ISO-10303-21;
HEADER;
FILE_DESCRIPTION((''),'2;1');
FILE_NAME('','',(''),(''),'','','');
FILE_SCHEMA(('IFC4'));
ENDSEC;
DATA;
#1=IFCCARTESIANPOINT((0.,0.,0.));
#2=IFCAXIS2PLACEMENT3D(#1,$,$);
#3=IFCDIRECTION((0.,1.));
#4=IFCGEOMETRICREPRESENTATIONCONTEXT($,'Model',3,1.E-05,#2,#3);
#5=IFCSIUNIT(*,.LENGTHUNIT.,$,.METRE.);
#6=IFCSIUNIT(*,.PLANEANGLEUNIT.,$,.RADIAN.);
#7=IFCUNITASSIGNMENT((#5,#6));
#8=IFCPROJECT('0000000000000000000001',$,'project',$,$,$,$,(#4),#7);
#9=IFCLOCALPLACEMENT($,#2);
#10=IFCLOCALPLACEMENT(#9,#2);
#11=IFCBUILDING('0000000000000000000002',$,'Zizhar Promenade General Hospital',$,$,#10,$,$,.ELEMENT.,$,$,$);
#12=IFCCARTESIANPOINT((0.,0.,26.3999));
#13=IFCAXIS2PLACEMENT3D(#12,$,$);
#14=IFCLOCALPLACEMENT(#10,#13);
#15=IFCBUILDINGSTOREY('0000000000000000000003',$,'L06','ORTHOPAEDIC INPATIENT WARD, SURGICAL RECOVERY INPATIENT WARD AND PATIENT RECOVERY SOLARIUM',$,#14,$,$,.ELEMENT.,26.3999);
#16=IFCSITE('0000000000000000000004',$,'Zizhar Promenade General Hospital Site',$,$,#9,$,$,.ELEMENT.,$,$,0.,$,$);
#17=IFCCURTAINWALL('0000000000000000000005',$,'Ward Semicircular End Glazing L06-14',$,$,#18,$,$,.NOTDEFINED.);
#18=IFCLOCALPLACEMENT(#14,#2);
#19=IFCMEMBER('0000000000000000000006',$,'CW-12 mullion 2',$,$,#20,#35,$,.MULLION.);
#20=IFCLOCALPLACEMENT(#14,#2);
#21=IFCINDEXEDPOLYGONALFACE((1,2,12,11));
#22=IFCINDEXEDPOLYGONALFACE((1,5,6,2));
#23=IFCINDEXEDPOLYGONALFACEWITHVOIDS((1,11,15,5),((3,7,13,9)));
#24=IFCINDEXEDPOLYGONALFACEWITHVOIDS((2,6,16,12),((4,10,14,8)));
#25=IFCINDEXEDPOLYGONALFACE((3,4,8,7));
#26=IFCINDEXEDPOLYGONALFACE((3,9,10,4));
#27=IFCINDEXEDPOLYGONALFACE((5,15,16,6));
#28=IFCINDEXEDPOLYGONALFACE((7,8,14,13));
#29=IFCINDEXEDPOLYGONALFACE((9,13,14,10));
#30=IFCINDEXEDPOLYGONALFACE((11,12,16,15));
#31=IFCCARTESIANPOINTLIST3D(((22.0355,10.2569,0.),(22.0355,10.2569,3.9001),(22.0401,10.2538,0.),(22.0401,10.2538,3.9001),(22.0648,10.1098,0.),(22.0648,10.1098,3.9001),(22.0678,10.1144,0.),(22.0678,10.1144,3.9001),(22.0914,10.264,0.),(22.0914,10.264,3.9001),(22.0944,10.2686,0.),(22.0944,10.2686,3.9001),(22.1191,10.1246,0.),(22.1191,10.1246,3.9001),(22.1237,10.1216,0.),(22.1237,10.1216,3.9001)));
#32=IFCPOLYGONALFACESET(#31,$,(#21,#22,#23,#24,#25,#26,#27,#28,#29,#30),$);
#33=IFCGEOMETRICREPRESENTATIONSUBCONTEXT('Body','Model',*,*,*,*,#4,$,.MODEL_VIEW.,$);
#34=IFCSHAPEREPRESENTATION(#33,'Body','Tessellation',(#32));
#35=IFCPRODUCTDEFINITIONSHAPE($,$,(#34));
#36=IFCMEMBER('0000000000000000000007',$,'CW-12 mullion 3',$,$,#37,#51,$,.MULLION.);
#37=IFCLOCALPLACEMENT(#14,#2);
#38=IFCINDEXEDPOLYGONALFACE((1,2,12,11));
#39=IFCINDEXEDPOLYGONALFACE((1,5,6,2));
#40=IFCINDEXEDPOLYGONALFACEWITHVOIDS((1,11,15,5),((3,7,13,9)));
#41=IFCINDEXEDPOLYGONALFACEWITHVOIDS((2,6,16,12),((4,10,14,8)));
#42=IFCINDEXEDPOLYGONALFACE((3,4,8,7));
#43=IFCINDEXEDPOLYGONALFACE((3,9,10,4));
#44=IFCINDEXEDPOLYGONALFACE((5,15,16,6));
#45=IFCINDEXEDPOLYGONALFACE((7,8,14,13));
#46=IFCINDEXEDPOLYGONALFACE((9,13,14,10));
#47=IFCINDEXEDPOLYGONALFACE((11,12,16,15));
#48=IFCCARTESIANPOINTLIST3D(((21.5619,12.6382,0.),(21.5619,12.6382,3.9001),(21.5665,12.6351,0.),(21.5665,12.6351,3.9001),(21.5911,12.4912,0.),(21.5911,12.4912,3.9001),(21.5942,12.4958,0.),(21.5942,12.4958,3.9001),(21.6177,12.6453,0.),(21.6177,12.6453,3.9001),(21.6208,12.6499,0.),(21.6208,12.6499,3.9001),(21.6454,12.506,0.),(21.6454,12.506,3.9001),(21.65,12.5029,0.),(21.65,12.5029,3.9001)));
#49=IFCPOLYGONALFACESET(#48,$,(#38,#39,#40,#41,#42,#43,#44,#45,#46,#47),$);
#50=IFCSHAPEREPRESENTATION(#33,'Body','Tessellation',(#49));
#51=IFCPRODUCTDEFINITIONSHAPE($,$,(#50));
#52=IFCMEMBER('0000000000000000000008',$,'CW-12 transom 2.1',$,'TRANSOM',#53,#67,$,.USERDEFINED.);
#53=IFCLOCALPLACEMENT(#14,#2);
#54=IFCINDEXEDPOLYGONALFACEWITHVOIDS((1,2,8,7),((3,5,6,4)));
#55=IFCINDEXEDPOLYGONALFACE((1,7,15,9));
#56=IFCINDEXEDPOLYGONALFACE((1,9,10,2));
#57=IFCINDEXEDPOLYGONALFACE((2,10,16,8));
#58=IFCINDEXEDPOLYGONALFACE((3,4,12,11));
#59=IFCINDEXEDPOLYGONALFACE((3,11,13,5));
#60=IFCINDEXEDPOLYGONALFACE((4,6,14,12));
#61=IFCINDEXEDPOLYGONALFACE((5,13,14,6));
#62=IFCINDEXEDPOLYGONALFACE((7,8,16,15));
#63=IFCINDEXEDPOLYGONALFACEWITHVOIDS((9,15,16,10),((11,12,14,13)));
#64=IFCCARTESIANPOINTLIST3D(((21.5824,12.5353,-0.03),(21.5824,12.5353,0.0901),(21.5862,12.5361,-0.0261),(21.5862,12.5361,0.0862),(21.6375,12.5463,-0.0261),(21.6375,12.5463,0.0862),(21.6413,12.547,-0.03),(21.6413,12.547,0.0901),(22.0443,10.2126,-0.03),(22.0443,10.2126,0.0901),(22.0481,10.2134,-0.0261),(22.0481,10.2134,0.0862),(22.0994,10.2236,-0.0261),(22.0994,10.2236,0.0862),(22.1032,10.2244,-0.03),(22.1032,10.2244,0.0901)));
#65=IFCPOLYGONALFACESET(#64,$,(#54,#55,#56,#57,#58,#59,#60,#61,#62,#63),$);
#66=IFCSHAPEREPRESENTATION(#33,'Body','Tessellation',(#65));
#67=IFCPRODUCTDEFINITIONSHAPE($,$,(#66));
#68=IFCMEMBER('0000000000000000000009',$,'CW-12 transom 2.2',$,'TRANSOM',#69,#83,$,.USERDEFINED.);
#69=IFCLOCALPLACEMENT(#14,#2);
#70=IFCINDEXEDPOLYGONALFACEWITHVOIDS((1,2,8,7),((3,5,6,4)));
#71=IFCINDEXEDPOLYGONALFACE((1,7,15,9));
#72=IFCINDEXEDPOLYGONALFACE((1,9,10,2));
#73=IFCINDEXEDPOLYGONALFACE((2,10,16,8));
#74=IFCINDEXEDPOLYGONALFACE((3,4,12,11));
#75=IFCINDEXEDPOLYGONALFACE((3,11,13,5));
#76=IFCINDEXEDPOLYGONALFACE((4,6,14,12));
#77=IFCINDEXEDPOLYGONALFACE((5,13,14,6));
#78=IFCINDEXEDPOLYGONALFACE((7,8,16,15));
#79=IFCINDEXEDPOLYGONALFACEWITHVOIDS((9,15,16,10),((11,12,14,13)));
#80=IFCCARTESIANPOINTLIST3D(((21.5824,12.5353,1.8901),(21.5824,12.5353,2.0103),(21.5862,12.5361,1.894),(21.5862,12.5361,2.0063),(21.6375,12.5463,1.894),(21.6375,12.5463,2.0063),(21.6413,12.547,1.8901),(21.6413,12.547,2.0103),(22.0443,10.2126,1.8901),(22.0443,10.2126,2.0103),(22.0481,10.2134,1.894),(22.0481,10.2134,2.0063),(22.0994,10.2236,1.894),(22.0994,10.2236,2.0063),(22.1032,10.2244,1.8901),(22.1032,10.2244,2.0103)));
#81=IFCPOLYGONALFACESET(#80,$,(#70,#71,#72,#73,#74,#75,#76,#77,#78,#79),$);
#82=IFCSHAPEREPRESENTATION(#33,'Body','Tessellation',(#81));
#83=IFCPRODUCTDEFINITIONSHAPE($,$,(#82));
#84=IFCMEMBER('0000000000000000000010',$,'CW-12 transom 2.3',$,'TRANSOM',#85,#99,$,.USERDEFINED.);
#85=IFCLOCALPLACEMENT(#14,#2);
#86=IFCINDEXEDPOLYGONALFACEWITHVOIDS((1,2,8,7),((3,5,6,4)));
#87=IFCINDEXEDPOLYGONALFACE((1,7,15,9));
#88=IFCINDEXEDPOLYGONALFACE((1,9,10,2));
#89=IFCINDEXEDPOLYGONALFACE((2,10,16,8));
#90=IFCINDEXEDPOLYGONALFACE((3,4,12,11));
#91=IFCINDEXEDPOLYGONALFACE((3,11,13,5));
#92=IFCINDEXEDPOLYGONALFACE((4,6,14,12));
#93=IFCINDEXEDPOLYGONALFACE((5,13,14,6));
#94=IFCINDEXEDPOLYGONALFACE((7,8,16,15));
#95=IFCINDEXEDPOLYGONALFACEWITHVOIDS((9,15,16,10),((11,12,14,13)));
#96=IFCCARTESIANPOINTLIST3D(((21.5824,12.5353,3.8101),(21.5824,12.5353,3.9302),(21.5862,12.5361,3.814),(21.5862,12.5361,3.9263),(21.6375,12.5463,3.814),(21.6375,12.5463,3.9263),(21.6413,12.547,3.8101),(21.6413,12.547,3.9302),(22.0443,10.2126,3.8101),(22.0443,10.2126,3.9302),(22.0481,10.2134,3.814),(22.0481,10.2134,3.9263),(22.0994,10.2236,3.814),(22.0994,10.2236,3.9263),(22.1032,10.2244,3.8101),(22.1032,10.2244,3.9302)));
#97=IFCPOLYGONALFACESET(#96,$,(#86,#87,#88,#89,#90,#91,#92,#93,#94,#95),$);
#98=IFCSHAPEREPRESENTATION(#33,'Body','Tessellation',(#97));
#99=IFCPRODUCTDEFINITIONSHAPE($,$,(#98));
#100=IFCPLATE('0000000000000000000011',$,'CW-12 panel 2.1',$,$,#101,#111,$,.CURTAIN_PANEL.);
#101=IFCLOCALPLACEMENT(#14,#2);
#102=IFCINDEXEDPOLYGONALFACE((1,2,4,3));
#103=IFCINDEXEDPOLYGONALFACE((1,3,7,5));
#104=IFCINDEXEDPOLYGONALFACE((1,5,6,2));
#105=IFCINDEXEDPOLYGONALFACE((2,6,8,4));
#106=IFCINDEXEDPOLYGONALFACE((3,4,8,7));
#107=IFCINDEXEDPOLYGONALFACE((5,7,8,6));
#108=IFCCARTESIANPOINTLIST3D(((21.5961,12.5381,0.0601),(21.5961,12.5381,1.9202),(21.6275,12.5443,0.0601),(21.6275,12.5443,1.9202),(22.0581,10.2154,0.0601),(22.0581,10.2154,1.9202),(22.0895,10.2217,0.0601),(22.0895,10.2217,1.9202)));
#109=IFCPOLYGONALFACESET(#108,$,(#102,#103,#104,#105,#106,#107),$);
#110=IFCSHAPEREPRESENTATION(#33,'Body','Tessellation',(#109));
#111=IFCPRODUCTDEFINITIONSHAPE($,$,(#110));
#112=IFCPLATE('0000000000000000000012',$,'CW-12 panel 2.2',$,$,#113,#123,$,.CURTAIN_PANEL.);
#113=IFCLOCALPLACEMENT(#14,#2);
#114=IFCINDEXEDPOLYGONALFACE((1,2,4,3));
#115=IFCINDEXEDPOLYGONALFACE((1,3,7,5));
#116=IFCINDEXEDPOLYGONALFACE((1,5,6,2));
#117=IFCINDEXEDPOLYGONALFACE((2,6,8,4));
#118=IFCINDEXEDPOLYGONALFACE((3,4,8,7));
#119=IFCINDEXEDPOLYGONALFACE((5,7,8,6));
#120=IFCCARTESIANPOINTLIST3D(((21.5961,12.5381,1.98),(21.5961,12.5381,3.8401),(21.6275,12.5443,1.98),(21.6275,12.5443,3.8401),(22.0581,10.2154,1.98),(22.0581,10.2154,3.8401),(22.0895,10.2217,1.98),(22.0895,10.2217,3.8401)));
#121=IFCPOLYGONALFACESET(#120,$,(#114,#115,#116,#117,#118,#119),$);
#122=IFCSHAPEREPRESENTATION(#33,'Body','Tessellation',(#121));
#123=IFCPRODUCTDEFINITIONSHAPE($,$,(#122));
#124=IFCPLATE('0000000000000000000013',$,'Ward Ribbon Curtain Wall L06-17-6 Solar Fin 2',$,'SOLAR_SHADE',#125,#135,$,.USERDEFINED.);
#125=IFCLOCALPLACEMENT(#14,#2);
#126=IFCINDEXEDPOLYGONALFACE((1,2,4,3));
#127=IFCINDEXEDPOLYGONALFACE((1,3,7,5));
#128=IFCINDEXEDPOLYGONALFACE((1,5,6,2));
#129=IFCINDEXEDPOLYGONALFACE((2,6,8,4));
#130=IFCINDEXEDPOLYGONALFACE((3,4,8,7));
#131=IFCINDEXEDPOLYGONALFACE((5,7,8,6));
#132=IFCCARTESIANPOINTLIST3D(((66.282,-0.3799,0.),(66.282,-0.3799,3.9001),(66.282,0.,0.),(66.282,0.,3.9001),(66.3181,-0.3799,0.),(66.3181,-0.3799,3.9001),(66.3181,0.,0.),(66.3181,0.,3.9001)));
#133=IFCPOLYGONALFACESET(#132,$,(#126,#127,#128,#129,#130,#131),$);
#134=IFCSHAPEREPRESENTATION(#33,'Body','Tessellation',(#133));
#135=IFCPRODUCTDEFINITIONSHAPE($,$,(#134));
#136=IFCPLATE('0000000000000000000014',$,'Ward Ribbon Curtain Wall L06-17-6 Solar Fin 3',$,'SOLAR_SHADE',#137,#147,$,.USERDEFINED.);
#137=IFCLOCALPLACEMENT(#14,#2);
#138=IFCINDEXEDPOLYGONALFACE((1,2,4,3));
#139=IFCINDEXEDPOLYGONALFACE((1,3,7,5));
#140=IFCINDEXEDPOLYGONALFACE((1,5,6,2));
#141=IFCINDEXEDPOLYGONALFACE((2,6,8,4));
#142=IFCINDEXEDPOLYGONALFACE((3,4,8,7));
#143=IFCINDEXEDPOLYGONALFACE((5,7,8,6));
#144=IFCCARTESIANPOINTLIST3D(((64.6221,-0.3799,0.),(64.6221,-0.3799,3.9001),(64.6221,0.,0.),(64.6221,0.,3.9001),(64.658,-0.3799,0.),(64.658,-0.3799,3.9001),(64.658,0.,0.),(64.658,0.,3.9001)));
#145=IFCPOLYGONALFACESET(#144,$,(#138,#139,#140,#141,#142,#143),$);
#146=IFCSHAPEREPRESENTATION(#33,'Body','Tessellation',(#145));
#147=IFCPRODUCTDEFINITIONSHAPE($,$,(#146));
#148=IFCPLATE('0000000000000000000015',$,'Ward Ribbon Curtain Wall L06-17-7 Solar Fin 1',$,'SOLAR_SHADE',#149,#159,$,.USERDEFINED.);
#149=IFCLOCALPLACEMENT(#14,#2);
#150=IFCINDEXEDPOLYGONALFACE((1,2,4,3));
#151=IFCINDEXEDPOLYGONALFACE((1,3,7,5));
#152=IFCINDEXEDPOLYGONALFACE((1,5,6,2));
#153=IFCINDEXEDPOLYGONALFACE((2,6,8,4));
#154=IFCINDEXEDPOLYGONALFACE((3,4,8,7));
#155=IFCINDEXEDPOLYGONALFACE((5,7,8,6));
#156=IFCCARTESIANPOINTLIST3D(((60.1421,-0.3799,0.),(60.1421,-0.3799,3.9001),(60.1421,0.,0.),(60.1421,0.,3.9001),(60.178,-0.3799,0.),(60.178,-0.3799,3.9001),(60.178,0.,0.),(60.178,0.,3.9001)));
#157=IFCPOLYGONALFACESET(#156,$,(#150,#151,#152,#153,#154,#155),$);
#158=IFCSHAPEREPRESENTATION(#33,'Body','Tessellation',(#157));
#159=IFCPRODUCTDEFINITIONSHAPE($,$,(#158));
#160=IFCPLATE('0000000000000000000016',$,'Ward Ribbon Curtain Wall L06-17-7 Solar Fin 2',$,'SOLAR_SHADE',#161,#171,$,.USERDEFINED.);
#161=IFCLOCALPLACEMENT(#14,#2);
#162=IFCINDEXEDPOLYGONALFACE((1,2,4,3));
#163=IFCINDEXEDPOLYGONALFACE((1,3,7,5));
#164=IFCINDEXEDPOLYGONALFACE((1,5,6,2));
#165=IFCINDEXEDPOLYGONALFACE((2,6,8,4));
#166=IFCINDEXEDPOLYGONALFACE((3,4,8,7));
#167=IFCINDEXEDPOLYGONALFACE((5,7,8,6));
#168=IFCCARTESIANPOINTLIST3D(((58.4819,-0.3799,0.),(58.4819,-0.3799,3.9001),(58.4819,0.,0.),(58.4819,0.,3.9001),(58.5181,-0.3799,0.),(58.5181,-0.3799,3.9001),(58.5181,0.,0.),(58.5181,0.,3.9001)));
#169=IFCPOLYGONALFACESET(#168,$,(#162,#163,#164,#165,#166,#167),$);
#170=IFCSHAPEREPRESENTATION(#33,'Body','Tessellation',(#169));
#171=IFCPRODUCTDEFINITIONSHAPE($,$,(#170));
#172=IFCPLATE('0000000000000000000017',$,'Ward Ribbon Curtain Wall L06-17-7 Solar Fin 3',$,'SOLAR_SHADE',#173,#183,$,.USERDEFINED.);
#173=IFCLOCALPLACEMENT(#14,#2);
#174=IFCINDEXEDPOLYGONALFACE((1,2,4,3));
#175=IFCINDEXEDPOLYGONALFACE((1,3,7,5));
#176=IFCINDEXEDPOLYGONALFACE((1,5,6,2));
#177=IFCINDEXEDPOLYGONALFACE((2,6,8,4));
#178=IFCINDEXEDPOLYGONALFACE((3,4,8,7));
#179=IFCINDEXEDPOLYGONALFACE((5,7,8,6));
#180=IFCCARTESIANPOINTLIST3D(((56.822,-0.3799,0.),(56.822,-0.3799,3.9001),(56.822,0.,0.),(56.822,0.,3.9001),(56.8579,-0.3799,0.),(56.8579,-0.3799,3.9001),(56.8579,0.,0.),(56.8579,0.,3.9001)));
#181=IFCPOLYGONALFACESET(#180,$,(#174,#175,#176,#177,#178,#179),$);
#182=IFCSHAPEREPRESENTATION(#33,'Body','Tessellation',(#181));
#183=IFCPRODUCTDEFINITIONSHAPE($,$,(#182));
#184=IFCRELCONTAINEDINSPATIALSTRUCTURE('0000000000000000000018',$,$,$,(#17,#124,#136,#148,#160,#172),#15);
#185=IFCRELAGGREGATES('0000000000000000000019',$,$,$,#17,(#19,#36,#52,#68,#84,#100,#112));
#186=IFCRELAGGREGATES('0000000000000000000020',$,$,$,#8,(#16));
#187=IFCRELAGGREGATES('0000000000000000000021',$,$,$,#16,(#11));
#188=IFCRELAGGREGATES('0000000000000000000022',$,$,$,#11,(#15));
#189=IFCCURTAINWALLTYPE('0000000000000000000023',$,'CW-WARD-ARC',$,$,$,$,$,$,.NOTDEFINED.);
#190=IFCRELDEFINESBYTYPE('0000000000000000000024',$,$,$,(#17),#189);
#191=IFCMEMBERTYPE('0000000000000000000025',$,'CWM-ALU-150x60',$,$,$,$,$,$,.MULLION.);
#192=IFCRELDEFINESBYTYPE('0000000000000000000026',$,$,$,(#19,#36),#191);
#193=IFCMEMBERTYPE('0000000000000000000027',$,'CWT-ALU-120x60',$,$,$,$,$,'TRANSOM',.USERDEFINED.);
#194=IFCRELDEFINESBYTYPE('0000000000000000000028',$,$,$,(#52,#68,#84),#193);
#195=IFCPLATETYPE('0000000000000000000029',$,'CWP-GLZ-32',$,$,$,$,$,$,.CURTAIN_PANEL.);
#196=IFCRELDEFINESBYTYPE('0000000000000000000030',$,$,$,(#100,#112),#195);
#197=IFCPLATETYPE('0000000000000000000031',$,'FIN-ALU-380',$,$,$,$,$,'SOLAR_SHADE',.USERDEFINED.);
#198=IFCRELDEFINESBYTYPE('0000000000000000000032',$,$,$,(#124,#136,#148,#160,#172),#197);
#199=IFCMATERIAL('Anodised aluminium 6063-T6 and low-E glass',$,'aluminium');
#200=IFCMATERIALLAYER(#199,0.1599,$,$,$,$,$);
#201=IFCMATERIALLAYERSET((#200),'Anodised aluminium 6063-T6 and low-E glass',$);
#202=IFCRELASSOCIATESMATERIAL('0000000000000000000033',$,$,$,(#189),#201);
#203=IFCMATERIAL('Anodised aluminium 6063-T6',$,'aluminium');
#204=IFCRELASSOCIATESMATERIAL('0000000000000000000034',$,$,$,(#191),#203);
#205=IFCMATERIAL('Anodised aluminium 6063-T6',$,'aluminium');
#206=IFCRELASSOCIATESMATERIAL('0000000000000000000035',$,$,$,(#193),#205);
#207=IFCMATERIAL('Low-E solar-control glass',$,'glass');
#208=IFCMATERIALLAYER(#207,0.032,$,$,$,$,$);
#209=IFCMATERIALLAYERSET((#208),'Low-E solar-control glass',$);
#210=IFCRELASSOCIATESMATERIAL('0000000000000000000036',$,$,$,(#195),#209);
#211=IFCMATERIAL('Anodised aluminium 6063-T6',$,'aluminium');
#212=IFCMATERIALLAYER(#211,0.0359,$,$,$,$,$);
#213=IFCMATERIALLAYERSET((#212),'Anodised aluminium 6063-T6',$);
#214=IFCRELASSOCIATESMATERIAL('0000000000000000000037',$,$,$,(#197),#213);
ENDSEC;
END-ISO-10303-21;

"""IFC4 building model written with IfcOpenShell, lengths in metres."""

from ifc_helpers import new_model, si_unit, direction, frame, origin, origin_2d, place, context, subcontext, project, spatial, polyline, rectangle, hollow_rectangle, outline, extrude, material, layer, layer_set, material_profile, profile_set, type_object, element, aggregate, save


model = new_model("IFC4")

# Units and contexts
model_context = context("Model", 3, precision=1e-05, world=origin(), true_north=direction((0.0, 1.0)))
body_context = subcontext(model_context, "Body", "Model", "MODEL_VIEW")
ifc_project = project(units=[si_unit("LENGTHUNIT", "METRE"), si_unit("PLANEANGLEUNIT", "RADIAN")], contexts=[model_context])

# Site, building, storey
site_placement = place(None, origin())
site = spatial("IfcSite", under=ifc_project, at=site_placement, Name="Zizhar Promenade General Hospital Site", CompositionType="ELEMENT", RefElevation=0.0)
building_placement = place(site_placement, origin())
building = spatial("IfcBuilding", under=site, at=building_placement, Name="Zizhar Promenade General Hospital", CompositionType="ELEMENT")
storey_placement = place(building_placement, frame((0.0, 0.0, 26.3999)))
storey = spatial("IfcBuildingStorey", under=building, at=storey_placement, Name="L06", Description="ORTHOPAEDIC INPATIENT WARD, SURGICAL RECOVERY INPATIENT WARD AND PATIENT RECOVERY SOLARIUM", CompositionType="ELEMENT", Elevation=26.3999)

# Curtain wall, members, plates
ifc_material_1 = material(Name="Anodised aluminium 6063-T6 and low-E glass", Category="aluminium")
ifc_layer_1 = layer(ifc_material_1, 0.1599)
ifc_layer_set_1 = layer_set([ifc_layer_1], Name="Anodised aluminium 6063-T6 and low-E glass")
curtain_wall_type = type_object("IfcCurtainWallType", Name="CW-WARD-ARC", PredefinedType="NOTDEFINED", material=ifc_layer_set_1)
curtain_wall_placement = place(storey_placement, origin())
curtain_wall = element("IfcCurtainWall", 1, at=curtain_wall_placement, inside=storey, type_object=curtain_wall_type, Name="Ward Semicircular End Glazing L06-14", PredefinedType="NOTDEFINED")
ifc_material_2 = material(Name="Anodised aluminium 6063-T6", Category="aluminium")
ifc_material_profile_1 = material_profile(ifc_material_2, hollow_rectangle(XDim=0.0601, YDim=0.1499, WallThickness=0.0039, at=origin_2d()))
ifc_profile_set_1 = profile_set([ifc_material_profile_1], Name="Anodised aluminium 6063-T6")
member_type_1 = type_object("IfcMemberType", Name="CWM-ALU-150x60", PredefinedType="MULLION", material=ifc_profile_set_1)
member_1_placement = place(storey_placement, frame((22.0796, 10.1892, 0.0), z_axis=(0.0, 0.0, 1.0), x_axis=(-0.980786, -0.195087, 0.0)))
member_1 = element("IfcMember", 2, at=member_1_placement, type_object=member_type_1, Name="CW-12 mullion 2", PredefinedType="MULLION", context=body_context, shape_type="SweptSolid", body=[
    extrude(hollow_rectangle(XDim=0.0601, YDim=0.1499, WallThickness=0.0039, at=origin_2d()), origin(), (0.0, 0.0, 1.0), 3.9001),
])
member_2_placement = place(storey_placement, frame((21.606, 12.5706, 0.0), z_axis=(0.0, 0.0, 1.0), x_axis=(-0.980786, -0.195087, 0.0)))
member_2 = element("IfcMember", 3, at=member_2_placement, type_object=member_type_1, Name="CW-12 mullion 3", PredefinedType="MULLION", context=body_context, shape_type="SweptSolid", body=[
    extrude(hollow_rectangle(XDim=0.0601, YDim=0.1499, WallThickness=0.0039, at=origin_2d()), origin(), (0.0, 0.0, 1.0), 3.9001),
])
ifc_material_3 = material(Name="Anodised aluminium 6063-T6", Category="aluminium")
ifc_material_profile_2 = material_profile(ifc_material_3, hollow_rectangle(XDim=0.0601, YDim=0.1201, WallThickness=0.0039, at=origin_2d()))
ifc_profile_set_2 = profile_set([ifc_material_profile_2], Name="Anodised aluminium 6063-T6")
member_type_2 = type_object("IfcMemberType", Name="CWT-ALU-120x60", ElementType="TRANSOM", PredefinedType="USERDEFINED", material=ifc_profile_set_2)
member_3_placement = place(storey_placement, frame((22.0737, 10.2185, 0.03), z_axis=(-0.195045, 0.980794, 0.0), x_axis=(-0.980794, -0.195045, 0.0)))
member_3 = element("IfcMember", 4, at=member_3_placement, type_object=member_type_2, Name="CW-12 transom 2.1", ObjectType="TRANSOM", PredefinedType="USERDEFINED", context=body_context, shape_type="SweptSolid", body=[
    extrude(hollow_rectangle(XDim=0.0601, YDim=0.1201, WallThickness=0.0039, at=origin_2d()), origin(), (0.0, 0.0, 1.0), 2.3682),
])
member_4_placement = place(storey_placement, frame((22.0737, 10.2185, 1.9502), z_axis=(-0.195045, 0.980794, 0.0), x_axis=(-0.980794, -0.195045, 0.0)))
member_4 = element("IfcMember", 5, at=member_4_placement, type_object=member_type_2, Name="CW-12 transom 2.2", ObjectType="TRANSOM", PredefinedType="USERDEFINED", context=body_context, shape_type="SweptSolid", body=[
    extrude(hollow_rectangle(XDim=0.0601, YDim=0.1201, WallThickness=0.0039, at=origin_2d()), origin(), (0.0, 0.0, 1.0), 2.3682),
])
member_5_placement = place(storey_placement, frame((22.0737, 10.2185, 3.8701), z_axis=(-0.195045, 0.980794, 0.0), x_axis=(-0.980794, -0.195045, 0.0)))
member_5 = element("IfcMember", 6, at=member_5_placement, type_object=member_type_2, Name="CW-12 transom 2.3", ObjectType="TRANSOM", PredefinedType="USERDEFINED", context=body_context, shape_type="SweptSolid", body=[
    extrude(hollow_rectangle(XDim=0.0601, YDim=0.1201, WallThickness=0.0039, at=origin_2d()), origin(), (0.0, 0.0, 1.0), 2.3682),
])
ifc_material_4 = material(Name="Low-E solar-control glass", Category="glass")
ifc_layer_2 = layer(ifc_material_4, 0.032)
ifc_layer_set_2 = layer_set([ifc_layer_2], Name="Low-E solar-control glass")
plate_type_1 = type_object("IfcPlateType", Name="CWP-GLZ-32", PredefinedType="CURTAIN_PANEL", material=ifc_layer_set_2)
plate_1_placement = place(storey_placement, frame((21.8428, 11.3799, 0.0601), z_axis=(0.0, 0.0, 1.0), x_axis=(-0.195087, 0.980786, 0.0)))
plate_1 = element("IfcPlate", 7, at=plate_1_placement, type_object=plate_type_1, Name="CW-12 panel 2.1", PredefinedType="CURTAIN_PANEL", context=body_context, shape_type="SweptSolid", body=[
    extrude(rectangle(XDim=2.3682, YDim=0.032, at=origin_2d()), origin(), (0.0, 0.0, 1.0), 1.8601),
])
plate_2_placement = place(storey_placement, frame((21.8428, 11.3799, 1.98), z_axis=(0.0, 0.0, 1.0), x_axis=(-0.195087, 0.980786, 0.0)))
plate_2 = element("IfcPlate", 8, at=plate_2_placement, type_object=plate_type_1, Name="CW-12 panel 2.2", PredefinedType="CURTAIN_PANEL", context=body_context, shape_type="SweptSolid", body=[
    extrude(rectangle(XDim=2.3682, YDim=0.032, at=origin_2d()), origin(), (0.0, 0.0, 1.0), 1.8601),
])
aggregate(curtain_wall, [member_1, member_2, member_3, member_4, member_5, plate_1, plate_2])

# Plates
ifc_material_5 = material(Name="Anodised aluminium 6063-T6", Category="aluminium")
ifc_layer_3 = layer(ifc_material_5, 0.0359)
ifc_layer_set_3 = layer_set([ifc_layer_3], Name="Anodised aluminium 6063-T6")
plate_type_2 = type_object("IfcPlateType", Name="FIN-ALU-380", ElementType="SOLAR_SHADE", PredefinedType="USERDEFINED", material=ifc_layer_set_3)
plate_3_placement = place(storey_placement, origin())
element("IfcPlate", 9, at=plate_3_placement, inside=storey, type_object=plate_type_2, Name="Ward Ribbon Curtain Wall L06-17-6 Solar Fin 2", ObjectType="SOLAR_SHADE", PredefinedType="USERDEFINED", context=body_context, shape_type="SweptSolid", body=[
    extrude(outline(polyline([(66.3181, 0.0), (66.282, 0.0), (66.282, -0.3799), (66.3181, -0.3799), (66.3181, 0.0)])), origin(), (0.0, 0.0, 1.0), 3.9001),
])
plate_4_placement = place(storey_placement, origin())
element("IfcPlate", 10, at=plate_4_placement, inside=storey, type_object=plate_type_2, Name="Ward Ribbon Curtain Wall L06-17-6 Solar Fin 3", ObjectType="SOLAR_SHADE", PredefinedType="USERDEFINED", context=body_context, shape_type="SweptSolid", body=[
    extrude(outline(polyline([(64.658, 0.0), (64.6221, 0.0), (64.6221, -0.3799), (64.658, -0.3799), (64.658, 0.0)])), origin(), (0.0, 0.0, 1.0), 3.9001),
])
plate_5_placement = place(storey_placement, origin())
element("IfcPlate", 11, at=plate_5_placement, inside=storey, type_object=plate_type_2, Name="Ward Ribbon Curtain Wall L06-17-7 Solar Fin 1", ObjectType="SOLAR_SHADE", PredefinedType="USERDEFINED", context=body_context, shape_type="SweptSolid", body=[
    extrude(outline(polyline([(60.178, 0.0), (60.1421, 0.0), (60.1421, -0.3799), (60.178, -0.3799), (60.178, 0.0)])), origin(), (0.0, 0.0, 1.0), 3.9001),
])
plate_6_placement = place(storey_placement, origin())
element("IfcPlate", 12, at=plate_6_placement, inside=storey, type_object=plate_type_2, Name="Ward Ribbon Curtain Wall L06-17-7 Solar Fin 2", ObjectType="SOLAR_SHADE", PredefinedType="USERDEFINED", context=body_context, shape_type="SweptSolid", body=[
    extrude(outline(polyline([(58.5181, 0.0), (58.4819, 0.0), (58.4819, -0.3799), (58.5181, -0.3799), (58.5181, 0.0)])), origin(), (0.0, 0.0, 1.0), 3.9001),
])
plate_7_placement = place(storey_placement, origin())
element("IfcPlate", 13, at=plate_7_placement, inside=storey, type_object=plate_type_2, Name="Ward Ribbon Curtain Wall L06-17-7 Solar Fin 3", ObjectType="SOLAR_SHADE", PredefinedType="USERDEFINED", context=body_context, shape_type="SweptSolid", body=[
    extrude(outline(polyline([(56.8579, 0.0), (56.822, 0.0), (56.822, -0.3799), (56.8579, -0.3799), (56.8579, 0.0)])), origin(), (0.0, 0.0, 1.0), 3.9001),
])

save(model, "model.ifc")
